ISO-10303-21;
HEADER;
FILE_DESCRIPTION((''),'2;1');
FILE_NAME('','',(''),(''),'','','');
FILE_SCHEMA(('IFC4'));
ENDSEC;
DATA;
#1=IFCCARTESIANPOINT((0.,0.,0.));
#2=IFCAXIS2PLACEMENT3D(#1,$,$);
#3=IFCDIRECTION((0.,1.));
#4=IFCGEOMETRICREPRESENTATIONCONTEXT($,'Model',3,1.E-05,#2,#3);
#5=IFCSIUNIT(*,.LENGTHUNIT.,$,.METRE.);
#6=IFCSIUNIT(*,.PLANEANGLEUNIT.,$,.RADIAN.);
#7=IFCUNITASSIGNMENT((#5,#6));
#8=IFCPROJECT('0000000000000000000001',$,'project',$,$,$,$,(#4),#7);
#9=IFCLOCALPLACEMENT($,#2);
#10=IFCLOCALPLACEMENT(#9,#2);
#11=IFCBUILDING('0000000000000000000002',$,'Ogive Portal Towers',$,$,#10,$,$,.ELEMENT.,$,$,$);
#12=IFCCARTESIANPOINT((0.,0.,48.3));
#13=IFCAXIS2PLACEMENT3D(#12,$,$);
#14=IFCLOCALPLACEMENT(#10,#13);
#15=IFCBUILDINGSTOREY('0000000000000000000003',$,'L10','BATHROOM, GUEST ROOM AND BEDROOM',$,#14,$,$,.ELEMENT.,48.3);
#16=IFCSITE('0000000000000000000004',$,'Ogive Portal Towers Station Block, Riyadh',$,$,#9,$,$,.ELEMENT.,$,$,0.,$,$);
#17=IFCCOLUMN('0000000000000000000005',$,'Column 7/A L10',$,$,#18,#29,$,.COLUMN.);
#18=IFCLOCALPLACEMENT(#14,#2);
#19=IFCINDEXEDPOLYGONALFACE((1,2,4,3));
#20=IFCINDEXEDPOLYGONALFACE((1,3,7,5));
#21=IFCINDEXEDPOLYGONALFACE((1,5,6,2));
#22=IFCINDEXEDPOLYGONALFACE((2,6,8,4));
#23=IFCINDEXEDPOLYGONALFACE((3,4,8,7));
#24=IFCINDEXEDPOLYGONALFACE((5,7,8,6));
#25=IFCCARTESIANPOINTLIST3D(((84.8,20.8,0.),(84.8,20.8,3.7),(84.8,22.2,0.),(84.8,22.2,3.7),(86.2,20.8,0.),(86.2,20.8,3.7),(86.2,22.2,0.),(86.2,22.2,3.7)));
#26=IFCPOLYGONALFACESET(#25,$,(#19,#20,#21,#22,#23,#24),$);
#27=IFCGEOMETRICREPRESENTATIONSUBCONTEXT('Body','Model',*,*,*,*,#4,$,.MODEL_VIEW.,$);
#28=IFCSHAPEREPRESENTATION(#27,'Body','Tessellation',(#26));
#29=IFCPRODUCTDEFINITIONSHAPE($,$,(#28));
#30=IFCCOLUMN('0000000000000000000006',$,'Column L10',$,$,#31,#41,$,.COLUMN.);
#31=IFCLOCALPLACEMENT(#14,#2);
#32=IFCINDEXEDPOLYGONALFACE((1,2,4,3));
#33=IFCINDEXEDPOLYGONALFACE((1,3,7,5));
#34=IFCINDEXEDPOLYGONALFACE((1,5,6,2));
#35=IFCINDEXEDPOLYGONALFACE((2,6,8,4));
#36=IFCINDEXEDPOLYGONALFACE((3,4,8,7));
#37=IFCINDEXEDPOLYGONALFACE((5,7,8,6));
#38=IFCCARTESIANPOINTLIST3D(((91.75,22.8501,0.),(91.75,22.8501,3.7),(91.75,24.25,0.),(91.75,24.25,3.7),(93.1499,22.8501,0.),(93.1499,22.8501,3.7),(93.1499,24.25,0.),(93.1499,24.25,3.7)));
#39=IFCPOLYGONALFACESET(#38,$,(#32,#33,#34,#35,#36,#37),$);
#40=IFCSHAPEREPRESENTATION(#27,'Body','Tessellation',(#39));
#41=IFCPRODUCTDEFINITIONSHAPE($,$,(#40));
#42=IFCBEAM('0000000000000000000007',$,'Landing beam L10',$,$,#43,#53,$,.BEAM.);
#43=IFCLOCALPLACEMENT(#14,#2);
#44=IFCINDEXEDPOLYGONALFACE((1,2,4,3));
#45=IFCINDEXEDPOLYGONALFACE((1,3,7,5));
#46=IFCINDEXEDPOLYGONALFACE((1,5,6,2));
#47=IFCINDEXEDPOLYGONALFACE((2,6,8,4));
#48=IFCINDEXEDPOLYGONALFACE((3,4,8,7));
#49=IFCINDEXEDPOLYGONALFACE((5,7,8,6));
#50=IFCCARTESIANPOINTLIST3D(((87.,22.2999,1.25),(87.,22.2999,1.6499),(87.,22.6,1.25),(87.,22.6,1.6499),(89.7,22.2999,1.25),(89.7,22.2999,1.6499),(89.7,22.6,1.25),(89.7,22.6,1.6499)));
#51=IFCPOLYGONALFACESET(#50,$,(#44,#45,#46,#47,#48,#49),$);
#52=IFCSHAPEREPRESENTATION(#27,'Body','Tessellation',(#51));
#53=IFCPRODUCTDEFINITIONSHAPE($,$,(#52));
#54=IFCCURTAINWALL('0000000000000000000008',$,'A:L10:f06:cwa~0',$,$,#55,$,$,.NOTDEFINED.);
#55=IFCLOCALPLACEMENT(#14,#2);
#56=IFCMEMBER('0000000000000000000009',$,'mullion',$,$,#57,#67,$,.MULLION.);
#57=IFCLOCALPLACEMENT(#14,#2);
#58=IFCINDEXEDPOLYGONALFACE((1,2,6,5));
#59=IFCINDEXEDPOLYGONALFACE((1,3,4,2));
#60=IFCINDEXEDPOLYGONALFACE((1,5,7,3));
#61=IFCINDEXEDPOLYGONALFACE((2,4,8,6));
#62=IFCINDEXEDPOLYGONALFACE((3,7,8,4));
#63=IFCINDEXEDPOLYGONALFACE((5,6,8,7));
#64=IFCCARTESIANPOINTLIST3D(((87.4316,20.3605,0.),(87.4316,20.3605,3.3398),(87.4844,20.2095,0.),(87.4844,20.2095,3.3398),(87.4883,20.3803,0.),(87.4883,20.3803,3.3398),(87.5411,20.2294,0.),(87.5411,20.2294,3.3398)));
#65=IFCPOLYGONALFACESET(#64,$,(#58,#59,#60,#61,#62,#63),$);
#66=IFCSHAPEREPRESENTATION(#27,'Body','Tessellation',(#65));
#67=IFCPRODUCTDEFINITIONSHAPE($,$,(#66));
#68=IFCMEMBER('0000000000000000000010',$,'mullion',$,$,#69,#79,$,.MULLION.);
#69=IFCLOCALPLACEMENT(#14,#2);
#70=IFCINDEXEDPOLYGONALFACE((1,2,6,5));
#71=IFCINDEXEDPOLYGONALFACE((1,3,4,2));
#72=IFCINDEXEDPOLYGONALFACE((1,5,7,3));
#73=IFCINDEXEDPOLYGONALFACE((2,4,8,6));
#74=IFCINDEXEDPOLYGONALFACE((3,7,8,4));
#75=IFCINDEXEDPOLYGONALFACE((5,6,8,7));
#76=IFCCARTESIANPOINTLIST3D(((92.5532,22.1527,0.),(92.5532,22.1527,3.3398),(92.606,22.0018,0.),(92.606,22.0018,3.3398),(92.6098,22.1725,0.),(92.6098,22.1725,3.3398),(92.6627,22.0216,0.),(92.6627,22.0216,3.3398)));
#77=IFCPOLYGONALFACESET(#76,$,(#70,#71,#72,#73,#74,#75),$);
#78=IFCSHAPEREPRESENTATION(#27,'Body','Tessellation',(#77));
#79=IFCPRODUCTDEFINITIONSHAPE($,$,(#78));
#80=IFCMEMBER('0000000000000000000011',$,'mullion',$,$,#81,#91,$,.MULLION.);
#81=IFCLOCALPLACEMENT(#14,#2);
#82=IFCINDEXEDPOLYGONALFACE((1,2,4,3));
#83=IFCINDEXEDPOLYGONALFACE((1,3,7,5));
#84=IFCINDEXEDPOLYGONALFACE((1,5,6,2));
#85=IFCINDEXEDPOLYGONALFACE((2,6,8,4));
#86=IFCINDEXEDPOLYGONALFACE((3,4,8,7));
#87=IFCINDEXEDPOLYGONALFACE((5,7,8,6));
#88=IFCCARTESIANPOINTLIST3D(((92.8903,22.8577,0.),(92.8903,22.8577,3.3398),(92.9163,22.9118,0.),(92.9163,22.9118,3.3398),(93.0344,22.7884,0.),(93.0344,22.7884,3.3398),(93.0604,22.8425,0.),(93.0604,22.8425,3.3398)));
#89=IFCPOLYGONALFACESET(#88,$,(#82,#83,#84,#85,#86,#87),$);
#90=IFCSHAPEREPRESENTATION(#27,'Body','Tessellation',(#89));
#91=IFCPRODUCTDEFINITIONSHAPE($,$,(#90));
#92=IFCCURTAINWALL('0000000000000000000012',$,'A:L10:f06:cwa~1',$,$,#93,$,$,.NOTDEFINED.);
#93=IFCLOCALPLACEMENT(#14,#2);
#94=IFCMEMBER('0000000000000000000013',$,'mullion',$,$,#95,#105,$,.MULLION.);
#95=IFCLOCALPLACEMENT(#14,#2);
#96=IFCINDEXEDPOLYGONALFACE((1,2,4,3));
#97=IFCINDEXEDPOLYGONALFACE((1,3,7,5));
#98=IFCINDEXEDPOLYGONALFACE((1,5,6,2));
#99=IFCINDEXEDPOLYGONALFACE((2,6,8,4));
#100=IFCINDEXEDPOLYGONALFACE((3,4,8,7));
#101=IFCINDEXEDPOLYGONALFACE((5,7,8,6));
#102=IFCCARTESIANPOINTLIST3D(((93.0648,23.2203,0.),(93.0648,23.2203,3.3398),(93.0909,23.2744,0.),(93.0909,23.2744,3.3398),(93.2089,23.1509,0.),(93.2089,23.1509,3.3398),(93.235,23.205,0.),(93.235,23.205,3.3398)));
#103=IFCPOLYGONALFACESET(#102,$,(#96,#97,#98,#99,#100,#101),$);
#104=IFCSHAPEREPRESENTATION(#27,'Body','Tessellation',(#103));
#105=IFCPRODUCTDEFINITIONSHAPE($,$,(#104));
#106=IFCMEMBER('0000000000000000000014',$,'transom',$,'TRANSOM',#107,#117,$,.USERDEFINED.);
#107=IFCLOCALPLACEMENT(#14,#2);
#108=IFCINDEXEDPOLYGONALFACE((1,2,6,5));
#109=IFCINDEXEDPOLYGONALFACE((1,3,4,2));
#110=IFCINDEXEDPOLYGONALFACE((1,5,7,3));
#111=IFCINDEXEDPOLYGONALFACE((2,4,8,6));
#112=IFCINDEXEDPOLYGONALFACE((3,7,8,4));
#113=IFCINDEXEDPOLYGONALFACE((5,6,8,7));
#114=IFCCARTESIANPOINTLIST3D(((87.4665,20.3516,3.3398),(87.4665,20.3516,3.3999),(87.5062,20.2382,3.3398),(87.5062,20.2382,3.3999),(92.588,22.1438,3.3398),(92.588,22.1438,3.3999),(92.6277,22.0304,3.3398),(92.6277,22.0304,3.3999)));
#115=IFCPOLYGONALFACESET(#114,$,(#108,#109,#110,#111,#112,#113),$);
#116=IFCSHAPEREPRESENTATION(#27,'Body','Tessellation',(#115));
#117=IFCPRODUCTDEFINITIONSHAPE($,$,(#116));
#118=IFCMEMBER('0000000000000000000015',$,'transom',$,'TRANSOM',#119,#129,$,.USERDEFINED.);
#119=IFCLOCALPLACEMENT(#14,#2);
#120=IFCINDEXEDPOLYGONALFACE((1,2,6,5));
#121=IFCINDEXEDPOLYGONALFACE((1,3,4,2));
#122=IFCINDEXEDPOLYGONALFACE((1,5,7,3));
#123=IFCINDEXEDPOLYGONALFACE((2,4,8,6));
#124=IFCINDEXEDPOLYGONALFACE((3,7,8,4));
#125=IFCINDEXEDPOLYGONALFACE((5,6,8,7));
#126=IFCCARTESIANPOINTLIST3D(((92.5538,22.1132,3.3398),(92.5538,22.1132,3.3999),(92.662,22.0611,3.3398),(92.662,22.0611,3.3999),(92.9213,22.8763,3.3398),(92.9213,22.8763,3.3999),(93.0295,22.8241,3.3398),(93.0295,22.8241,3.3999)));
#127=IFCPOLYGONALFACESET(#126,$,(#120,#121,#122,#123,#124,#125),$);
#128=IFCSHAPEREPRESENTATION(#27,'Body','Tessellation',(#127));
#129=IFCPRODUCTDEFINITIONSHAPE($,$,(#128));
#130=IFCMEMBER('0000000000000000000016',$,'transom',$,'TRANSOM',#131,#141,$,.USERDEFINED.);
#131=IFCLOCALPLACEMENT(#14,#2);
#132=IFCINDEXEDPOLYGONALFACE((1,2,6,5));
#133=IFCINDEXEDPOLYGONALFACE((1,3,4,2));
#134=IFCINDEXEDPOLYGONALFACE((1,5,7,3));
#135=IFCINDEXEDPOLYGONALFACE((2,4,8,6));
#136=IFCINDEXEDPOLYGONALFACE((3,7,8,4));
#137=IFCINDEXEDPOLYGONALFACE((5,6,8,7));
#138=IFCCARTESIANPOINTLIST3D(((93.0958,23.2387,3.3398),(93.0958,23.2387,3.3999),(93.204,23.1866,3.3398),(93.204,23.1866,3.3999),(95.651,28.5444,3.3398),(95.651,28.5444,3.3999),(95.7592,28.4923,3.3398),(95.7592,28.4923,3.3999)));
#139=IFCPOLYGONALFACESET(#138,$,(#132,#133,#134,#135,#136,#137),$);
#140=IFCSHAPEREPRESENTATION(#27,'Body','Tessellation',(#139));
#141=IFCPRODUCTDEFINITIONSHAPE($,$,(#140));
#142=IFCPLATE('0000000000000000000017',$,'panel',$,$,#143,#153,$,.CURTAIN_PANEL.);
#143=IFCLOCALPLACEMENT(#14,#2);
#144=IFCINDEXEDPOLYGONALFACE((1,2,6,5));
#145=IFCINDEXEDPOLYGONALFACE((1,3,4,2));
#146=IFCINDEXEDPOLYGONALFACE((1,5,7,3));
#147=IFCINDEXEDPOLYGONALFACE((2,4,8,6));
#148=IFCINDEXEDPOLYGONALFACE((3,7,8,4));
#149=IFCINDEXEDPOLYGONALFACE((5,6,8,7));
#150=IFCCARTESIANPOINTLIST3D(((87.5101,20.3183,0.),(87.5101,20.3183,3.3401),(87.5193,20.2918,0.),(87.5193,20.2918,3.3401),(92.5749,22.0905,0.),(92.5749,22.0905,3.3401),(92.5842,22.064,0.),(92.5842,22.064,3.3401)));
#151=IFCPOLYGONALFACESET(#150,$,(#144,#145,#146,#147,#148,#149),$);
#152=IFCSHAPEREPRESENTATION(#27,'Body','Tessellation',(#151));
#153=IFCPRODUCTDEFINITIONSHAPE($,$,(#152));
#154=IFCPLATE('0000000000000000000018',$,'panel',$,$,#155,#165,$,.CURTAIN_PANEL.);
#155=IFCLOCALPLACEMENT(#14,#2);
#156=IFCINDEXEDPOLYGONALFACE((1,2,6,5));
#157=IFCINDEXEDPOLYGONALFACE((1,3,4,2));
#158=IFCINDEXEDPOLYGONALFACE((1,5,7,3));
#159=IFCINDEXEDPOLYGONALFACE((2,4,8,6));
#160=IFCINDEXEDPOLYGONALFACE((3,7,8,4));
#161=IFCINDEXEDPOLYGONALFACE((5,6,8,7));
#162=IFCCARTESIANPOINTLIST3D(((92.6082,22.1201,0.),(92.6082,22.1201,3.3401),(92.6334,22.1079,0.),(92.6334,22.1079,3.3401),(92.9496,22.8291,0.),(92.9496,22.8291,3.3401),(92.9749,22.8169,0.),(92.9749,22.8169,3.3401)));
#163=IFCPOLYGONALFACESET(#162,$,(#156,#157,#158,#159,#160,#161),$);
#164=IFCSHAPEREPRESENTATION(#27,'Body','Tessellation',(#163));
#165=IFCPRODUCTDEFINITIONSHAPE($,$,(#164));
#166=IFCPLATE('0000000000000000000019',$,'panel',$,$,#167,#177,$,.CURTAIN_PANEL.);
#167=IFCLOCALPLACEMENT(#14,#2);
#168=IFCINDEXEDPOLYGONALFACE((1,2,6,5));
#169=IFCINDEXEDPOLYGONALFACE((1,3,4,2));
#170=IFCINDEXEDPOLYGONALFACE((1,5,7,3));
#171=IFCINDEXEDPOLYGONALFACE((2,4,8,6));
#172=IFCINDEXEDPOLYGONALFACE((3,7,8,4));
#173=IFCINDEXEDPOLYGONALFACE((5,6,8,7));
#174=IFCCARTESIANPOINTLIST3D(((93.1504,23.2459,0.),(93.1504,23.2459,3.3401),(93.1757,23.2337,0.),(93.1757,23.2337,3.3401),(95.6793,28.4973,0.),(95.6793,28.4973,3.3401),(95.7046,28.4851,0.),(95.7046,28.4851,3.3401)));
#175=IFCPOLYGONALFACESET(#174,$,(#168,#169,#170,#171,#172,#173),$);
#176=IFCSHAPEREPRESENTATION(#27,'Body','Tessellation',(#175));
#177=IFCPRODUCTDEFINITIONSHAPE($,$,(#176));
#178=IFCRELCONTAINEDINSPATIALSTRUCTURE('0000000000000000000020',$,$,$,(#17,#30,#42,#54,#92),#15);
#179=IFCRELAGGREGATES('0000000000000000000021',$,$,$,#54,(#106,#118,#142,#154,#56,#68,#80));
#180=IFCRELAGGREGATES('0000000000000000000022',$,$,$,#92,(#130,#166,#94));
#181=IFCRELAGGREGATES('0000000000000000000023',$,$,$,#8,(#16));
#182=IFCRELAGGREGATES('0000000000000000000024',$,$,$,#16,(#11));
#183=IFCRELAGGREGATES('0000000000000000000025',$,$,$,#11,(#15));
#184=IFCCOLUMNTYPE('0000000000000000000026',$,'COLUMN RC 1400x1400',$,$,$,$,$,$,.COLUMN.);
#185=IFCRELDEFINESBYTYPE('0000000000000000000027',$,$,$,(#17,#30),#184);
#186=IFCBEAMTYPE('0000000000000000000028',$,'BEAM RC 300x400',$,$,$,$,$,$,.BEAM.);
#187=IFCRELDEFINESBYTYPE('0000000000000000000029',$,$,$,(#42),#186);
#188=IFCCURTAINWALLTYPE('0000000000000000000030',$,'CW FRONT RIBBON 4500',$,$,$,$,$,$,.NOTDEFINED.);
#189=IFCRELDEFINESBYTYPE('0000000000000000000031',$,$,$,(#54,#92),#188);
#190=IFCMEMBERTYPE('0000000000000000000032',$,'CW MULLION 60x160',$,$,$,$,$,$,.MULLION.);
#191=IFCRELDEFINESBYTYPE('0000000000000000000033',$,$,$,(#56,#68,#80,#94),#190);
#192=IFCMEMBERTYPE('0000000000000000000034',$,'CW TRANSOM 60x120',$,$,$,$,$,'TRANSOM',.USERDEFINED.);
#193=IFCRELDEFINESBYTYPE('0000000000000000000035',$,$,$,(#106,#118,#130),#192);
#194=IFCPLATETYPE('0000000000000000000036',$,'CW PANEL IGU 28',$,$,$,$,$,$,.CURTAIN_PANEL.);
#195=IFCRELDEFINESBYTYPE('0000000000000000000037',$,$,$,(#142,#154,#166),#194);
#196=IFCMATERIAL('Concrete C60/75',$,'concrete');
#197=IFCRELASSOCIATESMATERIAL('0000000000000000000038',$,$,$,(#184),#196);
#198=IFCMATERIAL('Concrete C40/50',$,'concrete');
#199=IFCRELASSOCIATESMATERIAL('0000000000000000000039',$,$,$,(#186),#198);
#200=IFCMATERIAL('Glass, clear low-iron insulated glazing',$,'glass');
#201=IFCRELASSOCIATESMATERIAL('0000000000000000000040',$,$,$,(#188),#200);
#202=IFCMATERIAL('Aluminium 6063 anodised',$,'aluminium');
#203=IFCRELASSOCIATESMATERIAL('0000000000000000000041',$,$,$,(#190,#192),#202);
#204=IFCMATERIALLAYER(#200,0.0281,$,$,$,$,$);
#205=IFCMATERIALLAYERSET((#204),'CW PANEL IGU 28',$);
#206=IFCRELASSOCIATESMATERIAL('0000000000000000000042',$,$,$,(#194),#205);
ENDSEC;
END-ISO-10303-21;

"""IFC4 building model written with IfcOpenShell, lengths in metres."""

from ifc_helpers import new_model, si_unit, direction, frame, origin, origin_2d, place, context, subcontext, project, spatial, rectangle, extrude, material, layer, layer_set, material_profile, profile_set, type_object, element, aggregate, save


model = new_model("IFC4")

# Units and contexts
model_context = context("Model", 3, precision=1e-05, world=origin(), true_north=direction((0.0, 1.0)))
body_context = subcontext(model_context, "Body", "Model", "MODEL_VIEW")
ifc_project = project(units=[si_unit("LENGTHUNIT", "METRE"), si_unit("PLANEANGLEUNIT", "RADIAN")], contexts=[model_context])

# Site, building, storey
site_placement = place(None, origin())
site = spatial("IfcSite", under=ifc_project, at=site_placement, Name="Ogive Portal Towers Station Block, Riyadh", CompositionType="ELEMENT", RefElevation=0.0)
building_placement = place(site_placement, origin())
building = spatial("IfcBuilding", under=site, at=building_placement, Name="Ogive Portal Towers", CompositionType="ELEMENT")
storey_placement = place(building_placement, frame((0.0, 0.0, 48.3)))
storey = spatial("IfcBuildingStorey", under=building, at=storey_placement, Name="L10", Description="BATHROOM, GUEST ROOM AND BEDROOM", CompositionType="ELEMENT", Elevation=48.3)

# Columns
ifc_material_1 = material(Name="Concrete C60/75", Category="concrete")
ifc_material_profile_1 = material_profile(ifc_material_1, rectangle(XDim=1.3999, YDim=1.3999, at=origin_2d()), Name="RC 1400x1400")
ifc_profile_set_1 = profile_set([ifc_material_profile_1], Name="Concrete C60/75")
column_type = type_object("IfcColumnType", Name="COLUMN RC 1400x1400", PredefinedType="COLUMN", material=ifc_profile_set_1)
for number, where, z_axis, x_axis, name in (
    (1, (85.5, 21.5, 0.0), (0.0, 0.0, 1.0), (1.0, 0.0, 0.0), "Column 7/A L10"),
    (2, (92.45, 23.55, 0.0), (0.0, 0.0, 1.0), (1.0, 0.0, 0.0), "Column L10"),
):
    element("IfcColumn", number, at=place(storey_placement, frame(where, z_axis=z_axis, x_axis=x_axis)), inside=storey, type_object=column_type, Name=name, PredefinedType="COLUMN", context=body_context, shape_type="SweptSolid", body=[
        extrude(rectangle(XDim=1.3999, YDim=1.3999, at=origin_2d()), origin(), (0.0, 0.0, 1.0), 3.7),
    ])

# Beam
ifc_material_2 = material(Name="Concrete C40/50", Category="concrete")
ifc_material_profile_2 = material_profile(ifc_material_2, rectangle(XDim=0.3, YDim=0.3999, at=origin_2d()), Name="RC 300x400")
ifc_profile_set_2 = profile_set([ifc_material_profile_2], Name="Concrete C40/50")
beam_type = type_object("IfcBeamType", Name="BEAM RC 300x400", PredefinedType="BEAM", material=ifc_profile_set_2)
beam_placement = place(storey_placement, frame((87.0, 22.45, 1.45), z_axis=(1.0, 0.0, 0.0), x_axis=(0.0, 1.0, 0.0)))
element("IfcBeam", 3, at=beam_placement, inside=storey, type_object=beam_type, Name="Landing beam L10", PredefinedType="BEAM", context=body_context, shape_type="SweptSolid", body=[
    extrude(rectangle(XDim=0.3, YDim=0.3999, at=origin_2d()), origin(), (0.0, 0.0, 1.0), 2.7),
])

# Curtain wall, members
ifc_material_3 = material(Name="Glass, clear low-iron insulated glazing", Category="glass")
curtain_wall_type = type_object("IfcCurtainWallType", Name="CW FRONT RIBBON 4500", PredefinedType="NOTDEFINED", material=ifc_material_3)
curtain_wall_1_placement = place(storey_placement, origin())
curtain_wall_1 = element("IfcCurtainWall", 4, at=curtain_wall_1_placement, inside=storey, type_object=curtain_wall_type, Name="A:L10:f06:cwa~0", PredefinedType="NOTDEFINED")
ifc_material_4 = material(Name="Aluminium 6063 anodised", Category="aluminium")
ifc_material_profile_3 = material_profile(ifc_material_4, rectangle(XDim=0.1599, YDim=0.0601, at=origin_2d()), Name="AL 60x160")
ifc_profile_set_3 = profile_set([ifc_material_profile_3], Name="Aluminium 6063 anodised")
member_type_1 = type_object("IfcMemberType", Name="CW MULLION 60x160", PredefinedType="MULLION", material=ifc_profile_set_3)
member_1_placement = place(storey_placement, frame((87.4863, 20.2949, 0.0), z_axis=(0.0, 0.0, 1.0), x_axis=(-0.330279, 0.943883, 0.0)))
member_1 = element("IfcMember", 5, at=member_1_placement, type_object=member_type_1, Name="mullion", PredefinedType="MULLION", context=body_context, shape_type="SweptSolid", body=[
    extrude(rectangle(XDim=0.1599, YDim=0.0601, at=origin_2d()), origin(), (0.0, 0.0, 1.0), 3.3398),
])
member_2_placement = place(storey_placement, frame((92.6079, 22.0872, 0.0), z_axis=(0.0, 0.0, 1.0), x_axis=(-0.330279, 0.943883, 0.0)))
member_2 = element("IfcMember", 6, at=member_2_placement, type_object=member_type_1, Name="mullion", PredefinedType="MULLION", context=body_context, shape_type="SweptSolid", body=[
    extrude(rectangle(XDim=0.1599, YDim=0.0601, at=origin_2d()), origin(), (0.0, 0.0, 1.0), 3.3398),
])
member_3_placement = place(storey_placement, frame((92.9753, 22.8501, 0.0), z_axis=(0.0, 0.0, 1.0), x_axis=(-0.900969, 0.433884, 0.0)))
member_3 = element("IfcMember", 7, at=member_3_placement, type_object=member_type_1, Name="mullion", PredefinedType="MULLION", context=body_context, shape_type="SweptSolid", body=[
    extrude(rectangle(XDim=0.1599, YDim=0.0601, at=origin_2d()), origin(), (0.0, 0.0, 1.0), 3.3398),
])

# Curtain wall, member
curtain_wall_2_placement = place(storey_placement, origin())
curtain_wall_2 = element("IfcCurtainWall", 8, at=curtain_wall_2_placement, inside=storey, type_object=curtain_wall_type, Name="A:L10:f06:cwa~1", PredefinedType="NOTDEFINED")
member_4_placement = place(storey_placement, frame((93.1499, 23.2126, 0.0), z_axis=(0.0, 0.0, 1.0), x_axis=(-0.900969, 0.433884, 0.0)))
member_4 = element("IfcMember", 9, at=member_4_placement, type_object=member_type_1, Name="mullion", PredefinedType="MULLION", context=body_context, shape_type="SweptSolid", body=[
    extrude(rectangle(XDim=0.1599, YDim=0.0601, at=origin_2d()), origin(), (0.0, 0.0, 1.0), 3.3398),
])

# Members
ifc_material_profile_4 = material_profile(ifc_material_4, rectangle(XDim=0.1201, YDim=0.0601, at=origin_2d()), Name="AL 120x60")
ifc_profile_set_4 = profile_set([ifc_material_profile_4], Name="Aluminium 6063 anodised")
member_type_2 = type_object("IfcMemberType", Name="CW TRANSOM 60x120", ElementType="TRANSOM", PredefinedType="USERDEFINED", material=ifc_profile_set_4)
member_5_placement = place(storey_placement, frame((87.4863, 20.2949, 3.3699), z_axis=(0.943877, 0.330298, 0.0), x_axis=(-0.330298, 0.943877, 0.0)))
member_5 = element("IfcMember", 10, at=member_5_placement, type_object=member_type_2, Name="transom", ObjectType="TRANSOM", PredefinedType="USERDEFINED", context=body_context, shape_type="SweptSolid", body=[
    extrude(rectangle(XDim=0.1201, YDim=0.0601, at=origin_2d()), origin(), (0.0, 0.0, 1.0), 5.426),
])
member_6_placement = place(storey_placement, frame((92.6079, 22.0872, 3.3699), z_axis=(0.433902, 0.90096, 0.0), x_axis=(-0.90096, 0.433902, 0.0)))
member_6 = element("IfcMember", 11, at=member_6_placement, type_object=member_type_2, Name="transom", ObjectType="TRANSOM", PredefinedType="USERDEFINED", context=body_context, shape_type="SweptSolid", body=[
    extrude(rectangle(XDim=0.1201, YDim=0.0601, at=origin_2d()), origin(), (0.0, 0.0, 1.0), 0.8469),
])
member_7_placement = place(storey_placement, frame((93.1499, 23.2126, 3.3699), z_axis=(0.433898, 0.900962, 0.0), x_axis=(-0.900962, 0.433898, 0.0)))
member_7 = element("IfcMember", 12, at=member_7_placement, type_object=member_type_2, Name="transom", ObjectType="TRANSOM", PredefinedType="USERDEFINED", context=body_context, shape_type="SweptSolid", body=[
    extrude(rectangle(XDim=0.1201, YDim=0.0601, at=origin_2d()), origin(), (0.0, 0.0, 1.0), 5.8889),
])

# Plates
ifc_layer_1 = layer(ifc_material_3, 0.0281)
ifc_layer_set_1 = layer_set([ifc_layer_1], Name="CW PANEL IGU 28")
plate_type = type_object("IfcPlateType", Name="CW PANEL IGU 28", PredefinedType="CURTAIN_PANEL", material=ifc_layer_set_1)
plate_1_placement = place(storey_placement, frame((90.0471, 21.1912, 0.0), z_axis=(0.0, 0.0, 1.0), x_axis=(0.943883, 0.330279, 0.0)))
plate_1 = element("IfcPlate", 13, at=plate_1_placement, type_object=plate_type, Name="panel", PredefinedType="CURTAIN_PANEL", context=body_context, shape_type="SweptSolid", body=[
    extrude(rectangle(XDim=5.366, YDim=0.0281, at=origin_2d()), origin(), (0.0, 0.0, 1.0), 3.3401),
])
plate_2_placement = place(storey_placement, frame((92.7915, 22.4685, 0.0), z_axis=(0.0, 0.0, 1.0), x_axis=(0.433884, 0.900969, 0.0)))
plate_2 = element("IfcPlate", 14, at=plate_2_placement, type_object=plate_type, Name="panel", PredefinedType="CURTAIN_PANEL", context=body_context, shape_type="SweptSolid", body=[
    extrude(rectangle(XDim=0.7869, YDim=0.0281, at=origin_2d()), origin(), (0.0, 0.0, 1.0), 3.3401),
])
aggregate(curtain_wall_1, [member_5, member_6, plate_1, plate_2, member_1, member_2, member_3])
plate_3_placement = place(storey_placement, frame((94.4275, 25.8655, 0.0), z_axis=(0.0, 0.0, 1.0), x_axis=(0.433884, 0.900969, 0.0)))
plate_3 = element("IfcPlate", 15, at=plate_3_placement, type_object=plate_type, Name="panel", PredefinedType="CURTAIN_PANEL", context=body_context, shape_type="SweptSolid", body=[
    extrude(rectangle(XDim=5.8286, YDim=0.0281, at=origin_2d()), origin(), (0.0, 0.0, 1.0), 3.3401),
])
aggregate(curtain_wall_2, [member_7, plate_3, member_4])

save(model, "model.ifc")
